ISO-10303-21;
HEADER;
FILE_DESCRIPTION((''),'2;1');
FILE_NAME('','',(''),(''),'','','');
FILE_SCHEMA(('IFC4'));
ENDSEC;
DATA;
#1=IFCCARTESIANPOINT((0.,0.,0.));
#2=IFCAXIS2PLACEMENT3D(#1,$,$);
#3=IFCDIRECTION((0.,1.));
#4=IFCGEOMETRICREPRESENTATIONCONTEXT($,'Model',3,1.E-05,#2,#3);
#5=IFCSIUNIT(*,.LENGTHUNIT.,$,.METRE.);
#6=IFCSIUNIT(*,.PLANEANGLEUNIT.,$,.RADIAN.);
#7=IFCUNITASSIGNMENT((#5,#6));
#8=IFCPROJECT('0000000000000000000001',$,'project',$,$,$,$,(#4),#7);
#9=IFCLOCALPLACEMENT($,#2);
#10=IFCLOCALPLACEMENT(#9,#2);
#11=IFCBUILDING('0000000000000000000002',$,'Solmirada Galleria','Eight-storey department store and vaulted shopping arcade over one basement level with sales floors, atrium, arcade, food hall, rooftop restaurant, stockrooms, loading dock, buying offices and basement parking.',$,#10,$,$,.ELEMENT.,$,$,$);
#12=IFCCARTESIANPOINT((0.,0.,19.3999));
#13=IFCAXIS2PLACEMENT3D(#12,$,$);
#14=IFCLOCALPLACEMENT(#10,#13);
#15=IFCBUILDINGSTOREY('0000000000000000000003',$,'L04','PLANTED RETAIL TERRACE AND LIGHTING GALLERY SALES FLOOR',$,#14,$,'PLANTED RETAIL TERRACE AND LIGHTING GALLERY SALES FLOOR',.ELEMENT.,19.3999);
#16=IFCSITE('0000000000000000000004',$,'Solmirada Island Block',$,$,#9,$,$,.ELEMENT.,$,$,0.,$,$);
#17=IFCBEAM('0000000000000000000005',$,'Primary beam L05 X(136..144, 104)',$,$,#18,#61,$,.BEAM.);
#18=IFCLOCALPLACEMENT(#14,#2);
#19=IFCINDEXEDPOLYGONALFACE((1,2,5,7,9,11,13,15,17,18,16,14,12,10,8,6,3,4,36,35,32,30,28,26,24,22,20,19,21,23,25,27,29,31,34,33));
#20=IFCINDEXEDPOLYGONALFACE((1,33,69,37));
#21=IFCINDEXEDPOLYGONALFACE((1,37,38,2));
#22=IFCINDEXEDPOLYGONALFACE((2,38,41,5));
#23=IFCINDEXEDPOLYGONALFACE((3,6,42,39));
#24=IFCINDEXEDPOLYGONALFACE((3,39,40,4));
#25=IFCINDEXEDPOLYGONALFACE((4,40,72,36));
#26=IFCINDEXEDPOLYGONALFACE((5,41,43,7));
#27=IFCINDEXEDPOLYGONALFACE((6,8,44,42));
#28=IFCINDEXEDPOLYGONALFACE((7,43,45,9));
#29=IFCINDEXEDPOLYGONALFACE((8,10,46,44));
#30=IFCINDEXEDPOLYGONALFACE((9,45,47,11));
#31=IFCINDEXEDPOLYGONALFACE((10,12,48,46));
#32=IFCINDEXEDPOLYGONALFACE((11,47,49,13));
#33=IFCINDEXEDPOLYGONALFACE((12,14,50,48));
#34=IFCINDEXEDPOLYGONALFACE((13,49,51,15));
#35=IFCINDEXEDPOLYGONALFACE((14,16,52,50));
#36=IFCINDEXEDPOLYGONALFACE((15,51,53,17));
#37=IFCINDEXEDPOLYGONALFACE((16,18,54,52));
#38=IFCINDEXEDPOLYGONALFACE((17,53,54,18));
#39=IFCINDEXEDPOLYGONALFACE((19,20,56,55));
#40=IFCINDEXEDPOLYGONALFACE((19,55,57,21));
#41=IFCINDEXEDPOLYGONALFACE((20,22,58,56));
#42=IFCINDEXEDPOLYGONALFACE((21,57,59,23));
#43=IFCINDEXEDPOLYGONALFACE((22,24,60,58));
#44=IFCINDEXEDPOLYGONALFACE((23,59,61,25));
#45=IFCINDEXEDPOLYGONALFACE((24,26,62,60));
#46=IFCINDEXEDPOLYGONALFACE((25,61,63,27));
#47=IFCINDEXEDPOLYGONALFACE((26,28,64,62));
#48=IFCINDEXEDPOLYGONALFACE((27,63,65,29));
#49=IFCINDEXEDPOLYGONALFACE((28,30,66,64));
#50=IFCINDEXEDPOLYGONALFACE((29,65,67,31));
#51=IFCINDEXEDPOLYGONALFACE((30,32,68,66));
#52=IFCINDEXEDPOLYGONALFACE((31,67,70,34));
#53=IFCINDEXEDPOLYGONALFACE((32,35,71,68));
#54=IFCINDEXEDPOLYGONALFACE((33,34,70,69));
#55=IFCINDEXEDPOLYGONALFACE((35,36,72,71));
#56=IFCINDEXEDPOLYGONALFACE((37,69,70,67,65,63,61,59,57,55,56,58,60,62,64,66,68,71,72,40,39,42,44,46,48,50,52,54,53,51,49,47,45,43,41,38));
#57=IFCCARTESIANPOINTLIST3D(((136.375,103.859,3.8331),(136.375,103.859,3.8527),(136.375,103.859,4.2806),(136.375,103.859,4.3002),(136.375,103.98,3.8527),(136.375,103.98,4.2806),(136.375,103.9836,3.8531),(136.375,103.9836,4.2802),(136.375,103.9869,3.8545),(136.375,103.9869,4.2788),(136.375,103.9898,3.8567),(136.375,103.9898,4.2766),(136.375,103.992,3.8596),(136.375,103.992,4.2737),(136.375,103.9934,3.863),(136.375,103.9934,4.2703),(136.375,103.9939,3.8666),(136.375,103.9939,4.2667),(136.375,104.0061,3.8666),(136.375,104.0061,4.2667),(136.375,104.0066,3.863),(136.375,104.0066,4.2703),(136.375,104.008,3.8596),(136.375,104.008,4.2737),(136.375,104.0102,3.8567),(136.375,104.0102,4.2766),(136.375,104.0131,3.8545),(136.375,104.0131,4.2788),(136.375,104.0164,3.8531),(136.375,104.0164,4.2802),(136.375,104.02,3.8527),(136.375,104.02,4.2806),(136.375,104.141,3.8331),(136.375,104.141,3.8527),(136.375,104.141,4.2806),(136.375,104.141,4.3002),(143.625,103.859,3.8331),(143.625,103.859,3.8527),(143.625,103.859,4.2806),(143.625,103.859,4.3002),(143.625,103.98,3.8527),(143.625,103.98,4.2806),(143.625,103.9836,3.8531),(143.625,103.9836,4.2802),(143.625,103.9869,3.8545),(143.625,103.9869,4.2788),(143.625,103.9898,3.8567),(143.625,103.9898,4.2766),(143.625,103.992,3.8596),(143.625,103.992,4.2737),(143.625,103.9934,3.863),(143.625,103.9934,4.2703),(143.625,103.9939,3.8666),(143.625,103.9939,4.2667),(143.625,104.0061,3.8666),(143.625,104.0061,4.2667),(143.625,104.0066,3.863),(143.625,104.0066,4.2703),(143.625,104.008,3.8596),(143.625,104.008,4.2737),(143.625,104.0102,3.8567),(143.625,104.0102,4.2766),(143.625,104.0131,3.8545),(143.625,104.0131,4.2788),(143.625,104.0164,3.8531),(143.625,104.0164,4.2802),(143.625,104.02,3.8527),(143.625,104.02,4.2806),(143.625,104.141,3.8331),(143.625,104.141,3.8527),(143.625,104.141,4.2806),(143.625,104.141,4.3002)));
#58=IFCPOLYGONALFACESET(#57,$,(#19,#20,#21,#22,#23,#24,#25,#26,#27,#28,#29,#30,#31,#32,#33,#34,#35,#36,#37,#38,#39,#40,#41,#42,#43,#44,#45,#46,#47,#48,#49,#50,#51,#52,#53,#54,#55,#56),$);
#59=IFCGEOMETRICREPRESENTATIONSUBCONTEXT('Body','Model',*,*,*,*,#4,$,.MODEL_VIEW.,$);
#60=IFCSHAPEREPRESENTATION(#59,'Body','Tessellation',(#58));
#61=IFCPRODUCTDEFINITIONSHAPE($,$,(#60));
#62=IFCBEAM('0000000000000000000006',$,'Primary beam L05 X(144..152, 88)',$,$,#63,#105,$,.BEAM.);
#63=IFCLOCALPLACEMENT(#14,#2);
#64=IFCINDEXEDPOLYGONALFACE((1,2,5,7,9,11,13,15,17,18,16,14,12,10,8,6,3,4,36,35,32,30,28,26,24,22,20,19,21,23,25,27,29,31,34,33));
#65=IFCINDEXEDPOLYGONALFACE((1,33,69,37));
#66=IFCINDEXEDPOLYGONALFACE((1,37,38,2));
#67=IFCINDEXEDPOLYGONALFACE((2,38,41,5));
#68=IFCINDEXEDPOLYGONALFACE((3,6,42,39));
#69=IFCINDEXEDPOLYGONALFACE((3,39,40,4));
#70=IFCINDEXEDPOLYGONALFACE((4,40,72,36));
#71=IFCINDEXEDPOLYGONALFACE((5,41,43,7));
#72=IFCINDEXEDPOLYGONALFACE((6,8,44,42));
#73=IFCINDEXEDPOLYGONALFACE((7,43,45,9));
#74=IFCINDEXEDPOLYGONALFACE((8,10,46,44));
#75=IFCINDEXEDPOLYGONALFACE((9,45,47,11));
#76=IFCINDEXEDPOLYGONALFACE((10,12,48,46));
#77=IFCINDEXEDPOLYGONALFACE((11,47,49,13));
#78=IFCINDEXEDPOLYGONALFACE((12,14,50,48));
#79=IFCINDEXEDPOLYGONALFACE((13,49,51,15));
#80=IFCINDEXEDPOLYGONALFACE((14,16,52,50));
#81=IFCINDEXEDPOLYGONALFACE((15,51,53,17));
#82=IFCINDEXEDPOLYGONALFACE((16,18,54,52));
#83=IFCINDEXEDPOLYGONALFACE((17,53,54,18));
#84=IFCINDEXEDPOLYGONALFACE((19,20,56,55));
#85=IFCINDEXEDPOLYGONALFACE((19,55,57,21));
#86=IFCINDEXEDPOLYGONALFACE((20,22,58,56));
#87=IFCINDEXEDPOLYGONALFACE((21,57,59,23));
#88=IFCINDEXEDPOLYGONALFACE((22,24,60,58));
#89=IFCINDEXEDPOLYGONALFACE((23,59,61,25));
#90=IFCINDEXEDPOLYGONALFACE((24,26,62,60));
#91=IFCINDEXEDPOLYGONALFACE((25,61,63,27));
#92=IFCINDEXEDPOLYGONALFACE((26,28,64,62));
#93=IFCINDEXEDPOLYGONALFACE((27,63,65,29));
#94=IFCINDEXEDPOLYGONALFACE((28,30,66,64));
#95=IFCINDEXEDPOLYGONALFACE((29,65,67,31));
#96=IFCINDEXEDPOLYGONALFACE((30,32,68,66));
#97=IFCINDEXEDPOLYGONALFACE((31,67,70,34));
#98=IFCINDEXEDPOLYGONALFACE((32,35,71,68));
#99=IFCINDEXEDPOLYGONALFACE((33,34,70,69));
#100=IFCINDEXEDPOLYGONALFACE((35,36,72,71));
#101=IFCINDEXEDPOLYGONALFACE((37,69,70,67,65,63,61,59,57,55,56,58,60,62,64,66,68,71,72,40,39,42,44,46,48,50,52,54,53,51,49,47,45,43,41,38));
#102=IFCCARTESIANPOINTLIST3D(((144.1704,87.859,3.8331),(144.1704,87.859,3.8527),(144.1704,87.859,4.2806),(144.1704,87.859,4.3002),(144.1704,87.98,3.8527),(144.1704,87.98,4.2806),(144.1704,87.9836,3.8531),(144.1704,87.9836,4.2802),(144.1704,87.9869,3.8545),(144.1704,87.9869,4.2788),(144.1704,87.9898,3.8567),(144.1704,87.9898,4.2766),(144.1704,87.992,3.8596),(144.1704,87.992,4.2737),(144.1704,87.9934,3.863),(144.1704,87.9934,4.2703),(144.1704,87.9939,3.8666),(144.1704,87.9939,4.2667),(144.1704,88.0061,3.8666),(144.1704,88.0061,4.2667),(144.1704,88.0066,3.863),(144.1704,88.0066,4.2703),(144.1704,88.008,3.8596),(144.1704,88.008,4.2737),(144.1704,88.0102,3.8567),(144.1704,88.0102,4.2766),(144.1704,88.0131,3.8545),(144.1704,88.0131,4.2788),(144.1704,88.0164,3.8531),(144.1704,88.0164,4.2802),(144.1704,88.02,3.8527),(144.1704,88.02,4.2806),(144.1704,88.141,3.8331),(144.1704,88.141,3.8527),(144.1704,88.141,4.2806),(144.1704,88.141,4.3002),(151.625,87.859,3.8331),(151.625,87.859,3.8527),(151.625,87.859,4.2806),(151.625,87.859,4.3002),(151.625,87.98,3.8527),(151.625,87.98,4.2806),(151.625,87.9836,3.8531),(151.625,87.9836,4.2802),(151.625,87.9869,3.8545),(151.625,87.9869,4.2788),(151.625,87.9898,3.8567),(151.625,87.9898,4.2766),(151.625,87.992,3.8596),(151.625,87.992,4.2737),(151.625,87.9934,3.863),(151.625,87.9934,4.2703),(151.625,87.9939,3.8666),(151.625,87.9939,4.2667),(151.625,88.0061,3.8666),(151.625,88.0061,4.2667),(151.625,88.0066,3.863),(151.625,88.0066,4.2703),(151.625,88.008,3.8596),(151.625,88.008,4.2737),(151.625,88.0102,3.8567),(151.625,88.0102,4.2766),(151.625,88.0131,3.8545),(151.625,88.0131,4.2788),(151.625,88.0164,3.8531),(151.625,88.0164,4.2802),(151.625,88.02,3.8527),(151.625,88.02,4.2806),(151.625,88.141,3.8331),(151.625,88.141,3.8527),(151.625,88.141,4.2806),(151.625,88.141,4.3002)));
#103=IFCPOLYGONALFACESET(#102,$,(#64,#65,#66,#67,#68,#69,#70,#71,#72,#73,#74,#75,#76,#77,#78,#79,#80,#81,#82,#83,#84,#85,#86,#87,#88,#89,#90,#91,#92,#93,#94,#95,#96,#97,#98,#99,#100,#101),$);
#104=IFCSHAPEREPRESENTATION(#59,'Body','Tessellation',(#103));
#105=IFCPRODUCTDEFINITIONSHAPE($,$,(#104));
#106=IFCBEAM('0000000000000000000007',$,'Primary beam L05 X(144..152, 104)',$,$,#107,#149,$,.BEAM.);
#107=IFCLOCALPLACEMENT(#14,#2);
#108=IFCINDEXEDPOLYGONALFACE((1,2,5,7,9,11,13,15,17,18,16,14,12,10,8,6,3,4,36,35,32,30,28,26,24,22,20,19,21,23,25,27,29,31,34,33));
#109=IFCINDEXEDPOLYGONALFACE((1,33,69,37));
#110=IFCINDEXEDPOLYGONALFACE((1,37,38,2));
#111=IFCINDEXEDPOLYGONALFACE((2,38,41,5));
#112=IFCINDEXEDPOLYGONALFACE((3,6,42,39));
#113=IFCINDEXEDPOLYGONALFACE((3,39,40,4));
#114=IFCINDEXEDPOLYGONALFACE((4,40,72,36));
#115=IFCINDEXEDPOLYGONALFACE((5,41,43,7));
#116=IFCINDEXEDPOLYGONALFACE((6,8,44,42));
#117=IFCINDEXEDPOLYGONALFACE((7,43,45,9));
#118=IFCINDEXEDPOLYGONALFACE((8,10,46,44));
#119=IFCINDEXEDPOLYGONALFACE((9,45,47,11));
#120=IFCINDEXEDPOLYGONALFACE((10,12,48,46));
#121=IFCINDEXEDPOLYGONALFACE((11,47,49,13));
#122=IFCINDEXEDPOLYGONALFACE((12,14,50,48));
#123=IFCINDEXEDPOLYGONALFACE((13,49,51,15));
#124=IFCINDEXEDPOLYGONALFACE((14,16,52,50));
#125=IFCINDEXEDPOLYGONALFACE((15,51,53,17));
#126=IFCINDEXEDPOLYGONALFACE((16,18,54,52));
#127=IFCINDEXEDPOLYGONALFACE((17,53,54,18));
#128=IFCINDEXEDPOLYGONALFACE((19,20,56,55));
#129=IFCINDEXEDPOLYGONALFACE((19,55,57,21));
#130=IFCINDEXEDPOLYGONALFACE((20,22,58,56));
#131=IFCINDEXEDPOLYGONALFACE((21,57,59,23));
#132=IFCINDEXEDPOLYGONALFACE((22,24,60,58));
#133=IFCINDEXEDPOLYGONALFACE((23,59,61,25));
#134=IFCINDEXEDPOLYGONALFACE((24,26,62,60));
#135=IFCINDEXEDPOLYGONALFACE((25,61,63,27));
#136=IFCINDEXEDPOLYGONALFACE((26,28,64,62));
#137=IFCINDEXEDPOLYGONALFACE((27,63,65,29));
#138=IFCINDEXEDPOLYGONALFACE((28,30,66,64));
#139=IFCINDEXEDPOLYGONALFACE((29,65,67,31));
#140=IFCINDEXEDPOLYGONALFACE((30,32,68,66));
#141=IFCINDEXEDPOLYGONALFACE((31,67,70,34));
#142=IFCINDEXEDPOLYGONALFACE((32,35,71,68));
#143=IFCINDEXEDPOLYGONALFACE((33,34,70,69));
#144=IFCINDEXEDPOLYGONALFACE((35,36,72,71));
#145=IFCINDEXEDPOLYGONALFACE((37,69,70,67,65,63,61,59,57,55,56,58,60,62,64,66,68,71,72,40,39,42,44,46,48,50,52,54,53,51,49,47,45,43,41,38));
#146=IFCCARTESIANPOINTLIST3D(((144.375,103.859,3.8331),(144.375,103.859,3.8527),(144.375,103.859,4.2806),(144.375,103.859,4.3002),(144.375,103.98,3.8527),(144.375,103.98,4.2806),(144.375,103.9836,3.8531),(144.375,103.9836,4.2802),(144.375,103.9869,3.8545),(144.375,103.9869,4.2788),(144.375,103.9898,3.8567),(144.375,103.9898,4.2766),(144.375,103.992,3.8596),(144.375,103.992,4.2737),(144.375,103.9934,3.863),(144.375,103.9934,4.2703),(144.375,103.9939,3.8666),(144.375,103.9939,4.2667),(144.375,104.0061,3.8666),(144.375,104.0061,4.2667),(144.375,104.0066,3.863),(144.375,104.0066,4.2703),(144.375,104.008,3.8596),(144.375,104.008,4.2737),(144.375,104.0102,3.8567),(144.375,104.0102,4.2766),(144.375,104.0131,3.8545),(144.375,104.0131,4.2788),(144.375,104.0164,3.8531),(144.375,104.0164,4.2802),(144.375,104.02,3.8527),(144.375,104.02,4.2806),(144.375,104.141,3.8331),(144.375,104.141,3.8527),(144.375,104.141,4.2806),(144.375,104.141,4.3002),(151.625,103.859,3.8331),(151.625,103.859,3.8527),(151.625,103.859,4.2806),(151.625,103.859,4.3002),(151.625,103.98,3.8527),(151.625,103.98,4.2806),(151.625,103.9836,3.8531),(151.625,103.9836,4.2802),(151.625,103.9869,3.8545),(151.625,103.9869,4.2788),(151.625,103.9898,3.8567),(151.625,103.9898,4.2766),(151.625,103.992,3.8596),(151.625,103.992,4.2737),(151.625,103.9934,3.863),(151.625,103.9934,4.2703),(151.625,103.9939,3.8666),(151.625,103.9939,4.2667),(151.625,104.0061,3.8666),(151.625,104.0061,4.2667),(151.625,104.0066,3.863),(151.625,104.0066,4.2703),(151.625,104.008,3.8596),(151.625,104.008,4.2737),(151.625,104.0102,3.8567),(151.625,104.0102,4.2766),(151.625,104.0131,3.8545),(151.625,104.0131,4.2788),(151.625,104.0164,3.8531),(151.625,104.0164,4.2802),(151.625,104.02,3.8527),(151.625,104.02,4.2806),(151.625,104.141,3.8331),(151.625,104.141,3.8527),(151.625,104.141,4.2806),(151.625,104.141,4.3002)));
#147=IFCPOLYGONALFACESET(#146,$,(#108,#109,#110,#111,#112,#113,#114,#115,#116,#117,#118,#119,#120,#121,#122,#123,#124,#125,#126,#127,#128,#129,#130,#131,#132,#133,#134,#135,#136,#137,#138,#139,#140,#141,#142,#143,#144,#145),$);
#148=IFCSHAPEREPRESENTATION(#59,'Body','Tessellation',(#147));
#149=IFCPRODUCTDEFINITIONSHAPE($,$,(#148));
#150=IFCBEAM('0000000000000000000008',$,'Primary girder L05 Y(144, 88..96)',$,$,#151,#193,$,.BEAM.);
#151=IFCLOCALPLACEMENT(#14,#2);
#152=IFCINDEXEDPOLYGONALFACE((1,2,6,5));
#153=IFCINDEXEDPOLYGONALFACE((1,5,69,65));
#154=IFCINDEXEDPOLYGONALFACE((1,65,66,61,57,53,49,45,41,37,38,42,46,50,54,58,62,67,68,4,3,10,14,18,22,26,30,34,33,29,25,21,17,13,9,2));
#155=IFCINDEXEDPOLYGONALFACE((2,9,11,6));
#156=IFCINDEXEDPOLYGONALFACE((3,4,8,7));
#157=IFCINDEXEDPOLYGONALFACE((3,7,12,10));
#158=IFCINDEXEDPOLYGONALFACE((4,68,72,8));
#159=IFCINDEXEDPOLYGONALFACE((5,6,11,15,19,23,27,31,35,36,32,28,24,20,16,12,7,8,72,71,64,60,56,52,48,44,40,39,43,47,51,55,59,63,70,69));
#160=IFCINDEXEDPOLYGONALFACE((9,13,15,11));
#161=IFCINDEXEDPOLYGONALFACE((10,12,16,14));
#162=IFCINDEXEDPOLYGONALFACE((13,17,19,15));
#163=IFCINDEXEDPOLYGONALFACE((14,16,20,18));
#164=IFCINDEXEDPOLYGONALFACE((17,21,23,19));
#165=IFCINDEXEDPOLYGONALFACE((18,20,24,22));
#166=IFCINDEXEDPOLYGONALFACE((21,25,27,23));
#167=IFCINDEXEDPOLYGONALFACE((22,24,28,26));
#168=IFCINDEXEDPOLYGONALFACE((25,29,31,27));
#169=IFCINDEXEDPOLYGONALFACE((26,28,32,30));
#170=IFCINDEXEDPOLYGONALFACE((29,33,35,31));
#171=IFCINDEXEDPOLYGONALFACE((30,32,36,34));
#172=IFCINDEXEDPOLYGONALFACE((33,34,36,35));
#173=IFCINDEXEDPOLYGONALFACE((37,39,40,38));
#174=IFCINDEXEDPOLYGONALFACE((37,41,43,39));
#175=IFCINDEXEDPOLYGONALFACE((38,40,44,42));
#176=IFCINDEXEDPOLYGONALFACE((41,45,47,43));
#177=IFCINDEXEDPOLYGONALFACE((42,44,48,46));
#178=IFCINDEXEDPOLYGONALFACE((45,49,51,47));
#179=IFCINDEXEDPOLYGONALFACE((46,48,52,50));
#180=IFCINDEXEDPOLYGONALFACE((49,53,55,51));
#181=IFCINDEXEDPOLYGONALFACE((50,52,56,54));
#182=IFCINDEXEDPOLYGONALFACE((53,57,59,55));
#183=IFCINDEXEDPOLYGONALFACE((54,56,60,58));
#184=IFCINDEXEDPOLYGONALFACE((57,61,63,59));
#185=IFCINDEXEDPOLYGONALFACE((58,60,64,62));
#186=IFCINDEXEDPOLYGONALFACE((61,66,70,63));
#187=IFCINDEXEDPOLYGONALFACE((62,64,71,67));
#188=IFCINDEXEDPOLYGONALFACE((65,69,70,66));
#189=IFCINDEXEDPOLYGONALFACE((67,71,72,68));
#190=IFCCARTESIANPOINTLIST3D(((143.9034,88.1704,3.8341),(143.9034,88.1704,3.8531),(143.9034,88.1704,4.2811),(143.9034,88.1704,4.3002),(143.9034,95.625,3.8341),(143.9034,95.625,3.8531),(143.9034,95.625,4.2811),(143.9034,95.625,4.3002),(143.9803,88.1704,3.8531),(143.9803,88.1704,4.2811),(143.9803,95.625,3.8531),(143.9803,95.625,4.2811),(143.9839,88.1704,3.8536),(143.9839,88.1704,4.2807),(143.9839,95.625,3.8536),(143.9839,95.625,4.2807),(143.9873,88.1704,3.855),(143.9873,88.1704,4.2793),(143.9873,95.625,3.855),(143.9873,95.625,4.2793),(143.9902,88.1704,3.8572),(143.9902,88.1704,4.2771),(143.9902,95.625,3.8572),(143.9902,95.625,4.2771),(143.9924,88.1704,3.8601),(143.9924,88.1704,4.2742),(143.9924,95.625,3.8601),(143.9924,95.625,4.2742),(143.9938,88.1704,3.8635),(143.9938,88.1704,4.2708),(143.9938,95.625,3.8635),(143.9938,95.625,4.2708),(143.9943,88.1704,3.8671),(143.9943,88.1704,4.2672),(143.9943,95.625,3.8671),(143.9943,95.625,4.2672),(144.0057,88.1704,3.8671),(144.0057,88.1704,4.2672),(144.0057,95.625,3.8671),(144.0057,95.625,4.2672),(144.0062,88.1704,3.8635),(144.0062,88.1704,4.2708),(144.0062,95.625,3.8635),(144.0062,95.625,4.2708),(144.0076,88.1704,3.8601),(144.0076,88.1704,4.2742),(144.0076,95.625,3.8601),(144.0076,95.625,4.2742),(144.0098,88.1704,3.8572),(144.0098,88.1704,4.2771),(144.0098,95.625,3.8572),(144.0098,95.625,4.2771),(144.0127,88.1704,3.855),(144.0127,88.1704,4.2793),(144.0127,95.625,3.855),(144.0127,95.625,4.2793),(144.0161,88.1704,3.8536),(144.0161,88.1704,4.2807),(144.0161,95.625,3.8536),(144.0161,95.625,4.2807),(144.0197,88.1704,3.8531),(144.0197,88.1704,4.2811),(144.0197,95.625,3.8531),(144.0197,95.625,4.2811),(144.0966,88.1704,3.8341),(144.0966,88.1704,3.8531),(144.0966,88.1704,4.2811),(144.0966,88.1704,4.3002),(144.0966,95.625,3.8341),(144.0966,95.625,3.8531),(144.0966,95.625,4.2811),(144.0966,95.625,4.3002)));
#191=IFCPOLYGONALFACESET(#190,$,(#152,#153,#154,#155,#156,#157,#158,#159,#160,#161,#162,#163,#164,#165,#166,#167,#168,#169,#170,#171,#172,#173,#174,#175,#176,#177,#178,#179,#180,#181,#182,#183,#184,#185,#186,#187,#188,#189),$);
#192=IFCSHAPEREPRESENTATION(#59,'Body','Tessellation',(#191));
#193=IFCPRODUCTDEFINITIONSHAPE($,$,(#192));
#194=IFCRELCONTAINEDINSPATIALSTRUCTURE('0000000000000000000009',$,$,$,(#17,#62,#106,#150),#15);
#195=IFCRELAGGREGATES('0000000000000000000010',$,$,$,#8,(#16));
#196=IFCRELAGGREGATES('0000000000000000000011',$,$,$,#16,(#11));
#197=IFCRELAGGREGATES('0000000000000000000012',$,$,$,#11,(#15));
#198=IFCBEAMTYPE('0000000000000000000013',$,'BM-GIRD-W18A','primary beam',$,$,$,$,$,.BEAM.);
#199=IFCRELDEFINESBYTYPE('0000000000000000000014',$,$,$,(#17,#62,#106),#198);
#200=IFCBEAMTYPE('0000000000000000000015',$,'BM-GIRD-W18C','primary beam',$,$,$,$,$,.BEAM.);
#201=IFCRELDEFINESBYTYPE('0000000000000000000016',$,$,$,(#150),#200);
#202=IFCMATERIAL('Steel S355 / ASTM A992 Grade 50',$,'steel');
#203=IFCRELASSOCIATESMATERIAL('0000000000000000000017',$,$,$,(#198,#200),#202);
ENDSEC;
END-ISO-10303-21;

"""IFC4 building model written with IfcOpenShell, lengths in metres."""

from ifc_helpers import new_model, si_unit, direction, frame, origin, origin_2d, place, context, subcontext, project, spatial, i_section, extrude, material, material_profile, profile_set, type_object, element, save


model = new_model("IFC4")

# Units and contexts
model_context = context("Model", 3, precision=1e-05, world=origin(), true_north=direction((0.0, 1.0)))
body_context = subcontext(model_context, "Body", "Model", "MODEL_VIEW")
ifc_project = project(units=[si_unit("LENGTHUNIT", "METRE"), si_unit("PLANEANGLEUNIT", "RADIAN")], contexts=[model_context])

# Site, building, storey
site_placement = place(None, origin())
site = spatial("IfcSite", under=ifc_project, at=site_placement, Name="Solmirada Island Block", CompositionType="ELEMENT", RefElevation=0.0)
building_placement = place(site_placement, origin())
building = spatial("IfcBuilding", under=site, at=building_placement, Name="Solmirada Galleria", Description="Eight-storey department store and vaulted shopping arcade over one basement level with sales floors, atrium, arcade, food hall, rooftop restaurant, stockrooms, loading dock, buying offices and basement parking.", CompositionType="ELEMENT")
storey_placement = place(building_placement, frame((0.0, 0.0, 19.3999)))
storey = spatial("IfcBuildingStorey", under=building, at=storey_placement, Name="L04", Description="PLANTED RETAIL TERRACE AND LIGHTING GALLERY SALES FLOOR", LongName="PLANTED RETAIL TERRACE AND LIGHTING GALLERY SALES FLOOR", CompositionType="ELEMENT", Elevation=19.3999)

# Beams
ifc_material_1 = material(Name="Steel S355 / ASTM A992 Grade 50", Category="steel")
ifc_material_profile_1 = material_profile(ifc_material_1, i_section(OverallWidth=0.282, OverallDepth=0.467, WebThickness=0.0122, FlangeThickness=0.0195, FilletRadius=0.0139, at=origin_2d()), Name="W18X86")
ifc_profile_set_1 = profile_set([ifc_material_profile_1], Name="Steel S355 / ASTM A992 Grade 50")
beam_type_1 = type_object("IfcBeamType", Name="BM-GIRD-W18A", Description="primary beam", PredefinedType="BEAM", material=ifc_profile_set_1)
beam_1_placement = place(storey_placement, frame((136.375, 104.0, 4.0667), z_axis=(1.0, 0.0, 0.0), x_axis=(0.0, 1.0, 0.0)))
element("IfcBeam", 1, at=beam_1_placement, inside=storey, type_object=beam_type_1, Name="Primary beam L05 X(136..144, 104)", PredefinedType="BEAM", context=body_context, shape_type="SweptSolid", body=[
    extrude(i_section(OverallWidth=0.282, OverallDepth=0.467, WebThickness=0.0122, FlangeThickness=0.0195, FilletRadius=0.0139, at=origin_2d()), origin(), (0.0, 0.0, 1.0), 7.25),
])
beam_2_placement = place(storey_placement, frame((144.1704, 88.0, 4.0667), z_axis=(1.0, 0.0, 0.0), x_axis=(0.0, 1.0, 0.0)))
element("IfcBeam", 2, at=beam_2_placement, inside=storey, type_object=beam_type_1, Name="Primary beam L05 X(144..152, 88)", PredefinedType="BEAM", context=body_context, shape_type="SweptSolid", body=[
    extrude(i_section(OverallWidth=0.282, OverallDepth=0.467, WebThickness=0.0122, FlangeThickness=0.0195, FilletRadius=0.0139, at=origin_2d()), origin(), (0.0, 0.0, 1.0), 7.4546),
])
beam_3_placement = place(storey_placement, frame((144.375, 104.0, 4.0667), z_axis=(1.0, 0.0, 0.0), x_axis=(0.0, 1.0, 0.0)))
element("IfcBeam", 3, at=beam_3_placement, inside=storey, type_object=beam_type_1, Name="Primary beam L05 X(144..152, 104)", PredefinedType="BEAM", context=body_context, shape_type="SweptSolid", body=[
    extrude(i_section(OverallWidth=0.282, OverallDepth=0.467, WebThickness=0.0122, FlangeThickness=0.0195, FilletRadius=0.0139, at=origin_2d()), origin(), (0.0, 0.0, 1.0), 7.25),
])
ifc_material_profile_2 = material_profile(ifc_material_1, i_section(OverallWidth=0.1931, OverallDepth=0.4661, WebThickness=0.0115, FlangeThickness=0.019, FilletRadius=0.0139, at=origin_2d()), Name="W18X65")
ifc_profile_set_2 = profile_set([ifc_material_profile_2], Name="Steel S355 / ASTM A992 Grade 50")
beam_type_2 = type_object("IfcBeamType", Name="BM-GIRD-W18C", Description="primary beam", PredefinedType="BEAM", material=ifc_profile_set_2)
beam_4_placement = place(storey_placement, frame((144.0, 88.1704, 4.0671), z_axis=(0.0, 1.0, 0.0), x_axis=(-1.0, 0.0, 0.0)))
element("IfcBeam", 4, at=beam_4_placement, inside=storey, type_object=beam_type_2, Name="Primary girder L05 Y(144, 88..96)", PredefinedType="BEAM", context=body_context, shape_type="SweptSolid", body=[
    extrude(i_section(OverallWidth=0.1931, OverallDepth=0.4661, WebThickness=0.0115, FlangeThickness=0.019, FilletRadius=0.0139, at=origin_2d()), origin(), (0.0, 0.0, 1.0), 7.4546),
])

save(model, "model.ifc")
